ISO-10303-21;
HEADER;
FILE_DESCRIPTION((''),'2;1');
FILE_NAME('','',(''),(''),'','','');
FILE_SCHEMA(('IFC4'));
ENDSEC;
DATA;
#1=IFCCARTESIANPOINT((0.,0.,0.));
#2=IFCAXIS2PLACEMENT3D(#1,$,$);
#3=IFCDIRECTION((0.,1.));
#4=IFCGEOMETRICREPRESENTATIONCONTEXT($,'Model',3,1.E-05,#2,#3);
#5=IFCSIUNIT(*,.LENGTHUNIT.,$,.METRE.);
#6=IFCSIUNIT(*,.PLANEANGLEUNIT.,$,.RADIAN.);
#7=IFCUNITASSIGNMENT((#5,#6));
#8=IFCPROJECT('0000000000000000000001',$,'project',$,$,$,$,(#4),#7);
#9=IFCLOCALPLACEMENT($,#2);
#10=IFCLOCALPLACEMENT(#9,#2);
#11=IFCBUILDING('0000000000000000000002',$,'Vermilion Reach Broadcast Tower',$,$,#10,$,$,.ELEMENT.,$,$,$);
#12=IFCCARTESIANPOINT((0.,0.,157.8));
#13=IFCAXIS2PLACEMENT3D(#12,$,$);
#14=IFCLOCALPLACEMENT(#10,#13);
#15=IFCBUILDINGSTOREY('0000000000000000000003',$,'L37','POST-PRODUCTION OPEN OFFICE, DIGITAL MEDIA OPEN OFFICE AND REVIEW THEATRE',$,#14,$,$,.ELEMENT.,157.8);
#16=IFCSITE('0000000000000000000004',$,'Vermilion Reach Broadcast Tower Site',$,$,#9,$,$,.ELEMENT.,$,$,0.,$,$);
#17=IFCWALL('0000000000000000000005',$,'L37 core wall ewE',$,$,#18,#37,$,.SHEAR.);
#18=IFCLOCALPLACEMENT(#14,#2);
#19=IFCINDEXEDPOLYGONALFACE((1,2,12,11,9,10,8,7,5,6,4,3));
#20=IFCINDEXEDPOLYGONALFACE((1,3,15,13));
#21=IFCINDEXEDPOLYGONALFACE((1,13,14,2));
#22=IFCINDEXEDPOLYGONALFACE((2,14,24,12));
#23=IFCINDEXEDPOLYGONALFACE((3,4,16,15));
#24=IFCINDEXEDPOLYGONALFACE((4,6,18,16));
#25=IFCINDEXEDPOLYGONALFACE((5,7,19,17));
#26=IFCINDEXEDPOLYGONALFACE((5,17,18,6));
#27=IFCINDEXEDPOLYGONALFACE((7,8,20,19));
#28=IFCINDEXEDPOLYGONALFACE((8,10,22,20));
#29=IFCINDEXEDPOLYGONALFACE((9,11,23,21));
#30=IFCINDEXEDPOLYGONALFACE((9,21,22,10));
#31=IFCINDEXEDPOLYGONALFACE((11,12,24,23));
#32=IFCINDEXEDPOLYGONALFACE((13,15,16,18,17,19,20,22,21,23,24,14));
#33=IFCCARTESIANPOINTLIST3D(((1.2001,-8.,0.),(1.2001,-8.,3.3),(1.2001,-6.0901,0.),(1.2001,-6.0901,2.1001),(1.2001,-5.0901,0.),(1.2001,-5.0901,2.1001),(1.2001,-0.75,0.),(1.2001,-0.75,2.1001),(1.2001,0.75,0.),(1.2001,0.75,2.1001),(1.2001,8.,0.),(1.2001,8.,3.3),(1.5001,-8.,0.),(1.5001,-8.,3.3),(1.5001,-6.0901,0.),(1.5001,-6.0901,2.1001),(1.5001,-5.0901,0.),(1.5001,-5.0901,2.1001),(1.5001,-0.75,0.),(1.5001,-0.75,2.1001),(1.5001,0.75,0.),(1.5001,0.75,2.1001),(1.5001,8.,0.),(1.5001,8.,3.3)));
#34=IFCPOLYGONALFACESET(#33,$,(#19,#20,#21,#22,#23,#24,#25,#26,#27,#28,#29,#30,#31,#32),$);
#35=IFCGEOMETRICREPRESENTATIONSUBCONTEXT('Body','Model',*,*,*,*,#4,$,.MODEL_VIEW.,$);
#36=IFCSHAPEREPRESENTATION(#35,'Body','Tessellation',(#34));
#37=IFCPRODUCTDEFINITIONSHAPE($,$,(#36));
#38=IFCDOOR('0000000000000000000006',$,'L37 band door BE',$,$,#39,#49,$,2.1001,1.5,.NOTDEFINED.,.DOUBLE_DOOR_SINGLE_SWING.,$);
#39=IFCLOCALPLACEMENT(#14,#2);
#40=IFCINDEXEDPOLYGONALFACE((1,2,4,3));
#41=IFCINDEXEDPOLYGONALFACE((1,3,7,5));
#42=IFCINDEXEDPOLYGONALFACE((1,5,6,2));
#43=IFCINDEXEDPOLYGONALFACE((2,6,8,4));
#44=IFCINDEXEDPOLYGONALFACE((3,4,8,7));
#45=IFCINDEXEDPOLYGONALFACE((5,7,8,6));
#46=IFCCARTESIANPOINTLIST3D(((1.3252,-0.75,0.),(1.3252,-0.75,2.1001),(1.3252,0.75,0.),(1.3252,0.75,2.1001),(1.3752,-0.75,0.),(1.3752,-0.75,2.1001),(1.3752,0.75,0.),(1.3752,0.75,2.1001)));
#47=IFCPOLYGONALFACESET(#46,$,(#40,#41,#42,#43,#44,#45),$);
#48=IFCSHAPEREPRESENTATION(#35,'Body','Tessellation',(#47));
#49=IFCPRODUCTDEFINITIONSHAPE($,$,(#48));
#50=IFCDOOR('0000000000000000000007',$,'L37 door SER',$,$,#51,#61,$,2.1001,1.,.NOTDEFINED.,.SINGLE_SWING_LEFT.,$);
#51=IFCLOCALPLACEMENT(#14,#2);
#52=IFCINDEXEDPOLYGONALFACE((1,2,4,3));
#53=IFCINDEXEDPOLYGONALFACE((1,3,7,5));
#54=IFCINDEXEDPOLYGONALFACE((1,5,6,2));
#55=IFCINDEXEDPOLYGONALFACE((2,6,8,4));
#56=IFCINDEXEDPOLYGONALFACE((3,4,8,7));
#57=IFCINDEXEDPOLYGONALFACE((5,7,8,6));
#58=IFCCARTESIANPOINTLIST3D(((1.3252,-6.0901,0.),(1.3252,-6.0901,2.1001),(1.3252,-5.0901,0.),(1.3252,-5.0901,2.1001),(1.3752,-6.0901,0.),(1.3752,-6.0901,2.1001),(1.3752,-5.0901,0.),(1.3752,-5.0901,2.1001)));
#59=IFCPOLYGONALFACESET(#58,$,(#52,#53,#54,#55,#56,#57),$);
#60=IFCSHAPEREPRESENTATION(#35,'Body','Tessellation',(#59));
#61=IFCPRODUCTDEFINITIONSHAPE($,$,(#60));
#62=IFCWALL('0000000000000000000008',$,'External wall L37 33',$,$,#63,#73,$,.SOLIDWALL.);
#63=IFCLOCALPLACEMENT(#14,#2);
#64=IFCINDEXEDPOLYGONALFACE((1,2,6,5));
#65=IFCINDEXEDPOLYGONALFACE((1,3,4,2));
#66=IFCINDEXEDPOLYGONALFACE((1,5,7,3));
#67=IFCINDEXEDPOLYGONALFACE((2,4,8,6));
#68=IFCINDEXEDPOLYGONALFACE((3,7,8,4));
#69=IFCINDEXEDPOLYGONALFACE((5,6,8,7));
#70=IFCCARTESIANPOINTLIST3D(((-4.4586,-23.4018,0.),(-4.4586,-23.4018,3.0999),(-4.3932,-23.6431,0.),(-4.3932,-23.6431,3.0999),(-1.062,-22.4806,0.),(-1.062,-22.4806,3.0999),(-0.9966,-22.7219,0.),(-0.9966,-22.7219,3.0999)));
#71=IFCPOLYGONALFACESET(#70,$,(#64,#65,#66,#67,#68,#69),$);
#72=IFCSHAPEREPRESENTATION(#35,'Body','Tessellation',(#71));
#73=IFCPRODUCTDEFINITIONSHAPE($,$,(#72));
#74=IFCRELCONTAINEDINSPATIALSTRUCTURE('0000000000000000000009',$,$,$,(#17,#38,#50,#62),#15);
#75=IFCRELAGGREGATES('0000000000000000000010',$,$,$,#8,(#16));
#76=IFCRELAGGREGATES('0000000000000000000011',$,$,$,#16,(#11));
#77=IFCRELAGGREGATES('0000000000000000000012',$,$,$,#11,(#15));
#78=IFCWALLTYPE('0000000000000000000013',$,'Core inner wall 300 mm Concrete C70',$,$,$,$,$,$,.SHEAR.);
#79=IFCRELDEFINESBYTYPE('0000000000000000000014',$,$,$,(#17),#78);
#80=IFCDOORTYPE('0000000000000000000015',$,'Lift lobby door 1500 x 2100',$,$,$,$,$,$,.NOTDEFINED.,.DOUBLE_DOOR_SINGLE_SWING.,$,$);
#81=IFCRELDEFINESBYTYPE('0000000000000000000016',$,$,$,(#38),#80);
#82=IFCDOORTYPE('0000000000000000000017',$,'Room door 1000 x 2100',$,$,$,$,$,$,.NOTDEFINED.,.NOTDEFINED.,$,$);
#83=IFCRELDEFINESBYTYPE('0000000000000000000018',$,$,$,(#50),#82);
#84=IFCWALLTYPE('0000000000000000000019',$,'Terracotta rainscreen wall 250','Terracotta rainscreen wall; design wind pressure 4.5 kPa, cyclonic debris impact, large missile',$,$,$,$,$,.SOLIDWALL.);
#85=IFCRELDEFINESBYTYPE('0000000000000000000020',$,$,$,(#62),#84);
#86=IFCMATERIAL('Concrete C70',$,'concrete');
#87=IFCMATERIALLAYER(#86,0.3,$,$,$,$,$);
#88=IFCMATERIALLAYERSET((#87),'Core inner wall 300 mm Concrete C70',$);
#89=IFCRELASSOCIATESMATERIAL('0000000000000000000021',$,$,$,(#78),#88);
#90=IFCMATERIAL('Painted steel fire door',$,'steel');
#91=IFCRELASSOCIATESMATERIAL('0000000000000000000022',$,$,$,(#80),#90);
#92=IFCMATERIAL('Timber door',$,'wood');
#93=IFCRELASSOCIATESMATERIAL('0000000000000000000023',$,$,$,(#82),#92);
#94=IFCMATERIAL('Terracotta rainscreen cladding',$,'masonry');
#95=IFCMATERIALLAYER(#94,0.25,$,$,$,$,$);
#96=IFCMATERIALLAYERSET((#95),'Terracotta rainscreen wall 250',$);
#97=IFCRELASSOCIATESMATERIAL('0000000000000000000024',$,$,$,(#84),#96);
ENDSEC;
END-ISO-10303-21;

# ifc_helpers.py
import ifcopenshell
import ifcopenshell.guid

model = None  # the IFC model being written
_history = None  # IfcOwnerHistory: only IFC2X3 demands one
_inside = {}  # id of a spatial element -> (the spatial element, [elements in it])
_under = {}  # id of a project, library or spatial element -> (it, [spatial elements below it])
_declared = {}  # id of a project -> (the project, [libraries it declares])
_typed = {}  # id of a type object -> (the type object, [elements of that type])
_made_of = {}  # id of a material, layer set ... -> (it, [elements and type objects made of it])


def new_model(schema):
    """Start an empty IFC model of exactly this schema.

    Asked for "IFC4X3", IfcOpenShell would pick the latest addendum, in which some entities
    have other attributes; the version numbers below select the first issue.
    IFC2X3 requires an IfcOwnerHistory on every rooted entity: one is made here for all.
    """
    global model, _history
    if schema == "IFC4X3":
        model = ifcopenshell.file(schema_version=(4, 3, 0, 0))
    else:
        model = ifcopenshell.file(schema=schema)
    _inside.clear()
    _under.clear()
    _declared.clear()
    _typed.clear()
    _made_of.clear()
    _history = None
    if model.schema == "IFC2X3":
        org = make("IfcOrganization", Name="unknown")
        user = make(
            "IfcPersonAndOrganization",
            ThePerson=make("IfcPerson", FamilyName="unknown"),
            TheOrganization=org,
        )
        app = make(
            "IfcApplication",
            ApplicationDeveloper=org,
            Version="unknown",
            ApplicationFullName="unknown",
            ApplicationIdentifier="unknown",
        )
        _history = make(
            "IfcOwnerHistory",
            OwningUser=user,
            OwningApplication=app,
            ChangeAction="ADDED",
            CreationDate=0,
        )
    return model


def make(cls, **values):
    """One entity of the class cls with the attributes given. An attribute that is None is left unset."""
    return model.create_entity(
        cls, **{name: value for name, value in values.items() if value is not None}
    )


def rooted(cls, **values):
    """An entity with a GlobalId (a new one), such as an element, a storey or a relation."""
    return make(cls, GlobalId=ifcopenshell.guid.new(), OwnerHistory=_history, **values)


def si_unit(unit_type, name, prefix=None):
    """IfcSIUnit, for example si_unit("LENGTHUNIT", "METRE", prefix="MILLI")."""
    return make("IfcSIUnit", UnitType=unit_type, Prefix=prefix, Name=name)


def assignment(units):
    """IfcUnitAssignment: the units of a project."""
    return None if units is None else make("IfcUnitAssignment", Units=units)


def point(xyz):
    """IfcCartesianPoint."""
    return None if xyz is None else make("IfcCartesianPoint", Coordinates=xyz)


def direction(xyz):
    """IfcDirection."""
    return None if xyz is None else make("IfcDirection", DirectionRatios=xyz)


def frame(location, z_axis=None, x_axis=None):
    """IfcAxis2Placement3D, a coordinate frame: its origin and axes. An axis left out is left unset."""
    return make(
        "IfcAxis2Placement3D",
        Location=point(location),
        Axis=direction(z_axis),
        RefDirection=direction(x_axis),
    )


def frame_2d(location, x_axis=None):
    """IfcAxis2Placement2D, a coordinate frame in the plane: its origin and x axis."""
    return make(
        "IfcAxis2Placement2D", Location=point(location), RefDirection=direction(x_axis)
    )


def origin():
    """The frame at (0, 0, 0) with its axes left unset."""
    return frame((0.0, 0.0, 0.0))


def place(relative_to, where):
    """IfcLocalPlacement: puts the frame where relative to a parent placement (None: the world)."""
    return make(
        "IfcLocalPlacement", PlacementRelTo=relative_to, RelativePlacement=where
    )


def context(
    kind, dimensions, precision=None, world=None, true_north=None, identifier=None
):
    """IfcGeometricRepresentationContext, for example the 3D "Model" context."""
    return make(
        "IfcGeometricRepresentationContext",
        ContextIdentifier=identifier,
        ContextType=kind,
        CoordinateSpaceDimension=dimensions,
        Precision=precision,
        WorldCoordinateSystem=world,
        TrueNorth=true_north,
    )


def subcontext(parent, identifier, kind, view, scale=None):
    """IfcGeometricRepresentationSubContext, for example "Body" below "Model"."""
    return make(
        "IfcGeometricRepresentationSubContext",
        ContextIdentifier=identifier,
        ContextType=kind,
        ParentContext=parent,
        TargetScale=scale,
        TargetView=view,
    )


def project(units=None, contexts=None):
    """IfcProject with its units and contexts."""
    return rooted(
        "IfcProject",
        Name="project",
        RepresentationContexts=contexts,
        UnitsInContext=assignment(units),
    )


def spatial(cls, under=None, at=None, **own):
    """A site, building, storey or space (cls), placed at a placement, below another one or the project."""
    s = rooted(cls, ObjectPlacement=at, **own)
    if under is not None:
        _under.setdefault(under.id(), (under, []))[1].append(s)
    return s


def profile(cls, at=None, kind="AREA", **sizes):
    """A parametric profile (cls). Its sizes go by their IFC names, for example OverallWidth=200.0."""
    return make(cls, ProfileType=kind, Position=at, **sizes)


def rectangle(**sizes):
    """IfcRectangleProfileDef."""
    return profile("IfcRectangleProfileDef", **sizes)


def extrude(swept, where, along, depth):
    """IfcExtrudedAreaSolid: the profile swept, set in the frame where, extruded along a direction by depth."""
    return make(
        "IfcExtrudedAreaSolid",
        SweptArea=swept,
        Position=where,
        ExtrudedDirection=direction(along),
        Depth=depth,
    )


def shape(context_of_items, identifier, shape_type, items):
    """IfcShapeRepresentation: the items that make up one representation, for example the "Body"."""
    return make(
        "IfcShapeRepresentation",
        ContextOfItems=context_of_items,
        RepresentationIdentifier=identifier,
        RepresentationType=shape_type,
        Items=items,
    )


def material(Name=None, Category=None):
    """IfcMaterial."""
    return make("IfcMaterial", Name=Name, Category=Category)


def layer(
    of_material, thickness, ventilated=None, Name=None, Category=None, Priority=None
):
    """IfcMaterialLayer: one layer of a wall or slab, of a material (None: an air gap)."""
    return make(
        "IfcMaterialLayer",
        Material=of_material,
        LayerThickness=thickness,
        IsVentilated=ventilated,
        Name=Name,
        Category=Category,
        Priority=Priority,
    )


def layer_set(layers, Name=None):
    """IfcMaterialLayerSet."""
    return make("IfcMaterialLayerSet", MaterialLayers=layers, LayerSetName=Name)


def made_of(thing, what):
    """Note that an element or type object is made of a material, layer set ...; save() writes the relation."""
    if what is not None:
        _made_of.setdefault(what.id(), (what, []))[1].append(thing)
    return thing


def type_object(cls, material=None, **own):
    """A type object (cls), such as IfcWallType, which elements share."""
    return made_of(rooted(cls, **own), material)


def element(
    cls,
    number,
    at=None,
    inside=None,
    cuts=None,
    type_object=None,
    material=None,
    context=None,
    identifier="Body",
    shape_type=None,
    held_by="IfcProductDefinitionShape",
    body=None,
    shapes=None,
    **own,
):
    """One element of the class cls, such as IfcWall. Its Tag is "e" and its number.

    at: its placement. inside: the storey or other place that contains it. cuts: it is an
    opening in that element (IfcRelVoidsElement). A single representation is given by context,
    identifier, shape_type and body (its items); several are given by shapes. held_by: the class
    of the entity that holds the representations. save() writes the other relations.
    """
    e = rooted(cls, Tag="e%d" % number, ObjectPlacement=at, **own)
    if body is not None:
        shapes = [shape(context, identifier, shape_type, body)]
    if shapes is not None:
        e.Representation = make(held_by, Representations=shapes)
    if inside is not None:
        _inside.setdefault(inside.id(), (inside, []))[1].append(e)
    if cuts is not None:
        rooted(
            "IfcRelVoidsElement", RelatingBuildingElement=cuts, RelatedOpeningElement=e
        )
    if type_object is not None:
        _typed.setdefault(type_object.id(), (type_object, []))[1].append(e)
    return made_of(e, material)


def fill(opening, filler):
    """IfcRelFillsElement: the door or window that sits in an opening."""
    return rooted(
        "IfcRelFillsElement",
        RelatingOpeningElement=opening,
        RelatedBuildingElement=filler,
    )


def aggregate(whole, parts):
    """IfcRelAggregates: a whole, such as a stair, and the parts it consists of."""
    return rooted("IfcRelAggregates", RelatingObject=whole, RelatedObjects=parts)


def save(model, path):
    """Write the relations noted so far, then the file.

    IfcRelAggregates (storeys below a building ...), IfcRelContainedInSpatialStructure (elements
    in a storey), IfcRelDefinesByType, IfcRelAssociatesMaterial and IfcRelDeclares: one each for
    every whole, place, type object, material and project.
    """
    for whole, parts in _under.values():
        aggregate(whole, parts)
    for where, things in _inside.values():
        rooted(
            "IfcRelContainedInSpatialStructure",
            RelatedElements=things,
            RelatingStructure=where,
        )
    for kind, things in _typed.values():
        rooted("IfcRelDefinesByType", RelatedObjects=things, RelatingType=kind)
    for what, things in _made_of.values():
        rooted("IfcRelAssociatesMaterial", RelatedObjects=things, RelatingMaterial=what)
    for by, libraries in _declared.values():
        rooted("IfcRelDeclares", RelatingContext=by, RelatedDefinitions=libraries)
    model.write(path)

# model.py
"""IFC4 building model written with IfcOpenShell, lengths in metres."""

from ifc_helpers import new_model, si_unit, direction, frame, frame_2d, origin, place, context, subcontext, project, spatial, rectangle, extrude, material, layer, layer_set, type_object, element, fill, save


model = new_model("IFC4")

# Units and contexts
model_context = context("Model", 3, precision=1e-05, world=origin(), true_north=direction((0.0, 1.0)))
body_context = subcontext(model_context, "Body", "Model", "MODEL_VIEW")
ifc_project = project(units=[si_unit("LENGTHUNIT", "METRE"), si_unit("PLANEANGLEUNIT", "RADIAN")], contexts=[model_context])

# Site, building, storey
site_placement = place(None, origin())
site = spatial("IfcSite", under=ifc_project, at=site_placement, Name="Vermilion Reach Broadcast Tower Site", CompositionType="ELEMENT", RefElevation=0.0)
building_placement = place(site_placement, origin())
building = spatial("IfcBuilding", under=site, at=building_placement, Name="Vermilion Reach Broadcast Tower", CompositionType="ELEMENT")
storey_placement = place(building_placement, frame((0.0, 0.0, 157.8)))
storey = spatial("IfcBuildingStorey", under=building, at=storey_placement, Name="L37", Description="POST-PRODUCTION OPEN OFFICE, DIGITAL MEDIA OPEN OFFICE AND REVIEW THEATRE", CompositionType="ELEMENT", Elevation=157.8)

# Wall, openings, doors
ifc_material_1 = material(Name="Concrete C70", Category="concrete")
ifc_layer_1 = layer(ifc_material_1, 0.3)
ifc_layer_set_1 = layer_set([ifc_layer_1], Name="Core inner wall 300 mm Concrete C70")
wall_type_1 = type_object("IfcWallType", Name="Core inner wall 300 mm Concrete C70", PredefinedType="SHEAR", material=ifc_layer_set_1)
wall_1_placement = place(storey_placement, frame((1.3501, -8.0, 0.0), z_axis=(0.0, 0.0, 1.0), x_axis=(0.0, 1.0, 0.0)))
wall_1 = element("IfcWall", 1, at=wall_1_placement, inside=storey, type_object=wall_type_1, Name="L37 core wall ewE", PredefinedType="SHEAR", context=body_context, shape_type="SweptSolid", body=[
    extrude(rectangle(XDim=16.0, YDim=0.3, at=frame_2d((8.0, 0.0))), origin(), (0.0, 0.0, 1.0), 3.3),
])
opening_1_placement = place(wall_1_placement, frame((1.9099, 0.0, 0.0)))
opening_1 = element("IfcOpeningElement", 2, at=opening_1_placement, cuts=wall_1, PredefinedType="OPENING", context=body_context, shape_type="SweptSolid", body=[
    extrude(rectangle(XDim=1.0, YDim=2.1001, at=frame_2d((0.5, 1.05))), frame((0.0, 0.1599, 0.0), z_axis=(0.0, -1.0, 0.0), x_axis=(1.0, 0.0, 0.0)), (0.0, 0.0, 1.0), 0.3201),
])
opening_2_placement = place(wall_1_placement, frame((7.25, 0.0, 0.0)))
opening_2 = element("IfcOpeningElement", 3, at=opening_2_placement, cuts=wall_1, PredefinedType="OPENING", context=body_context, shape_type="SweptSolid", body=[
    extrude(rectangle(XDim=1.5, YDim=2.1001, at=frame_2d((0.75, 1.05))), frame((0.0, 0.1599, 0.0), z_axis=(0.0, -1.0, 0.0), x_axis=(1.0, 0.0, 0.0)), (0.0, 0.0, 1.0), 0.3201),
])
ifc_material_2 = material(Name="Painted steel fire door", Category="steel")
door_type_1 = type_object("IfcDoorType", Name="Lift lobby door 1500 x 2100", OperationType="DOUBLE_DOOR_SINGLE_SWING", PredefinedType="NOTDEFINED", material=ifc_material_2)
door_1_placement = place(opening_2_placement, origin())
door_1 = element("IfcDoor", 4, at=door_1_placement, inside=storey, type_object=door_type_1, Name="L37 band door BE", OperationType="DOUBLE_DOOR_SINGLE_SWING", OverallHeight=2.1001, OverallWidth=1.5, PredefinedType="NOTDEFINED", context=body_context, shape_type="SweptSolid", body=[
    extrude(rectangle(XDim=1.5, YDim=2.1001, at=frame_2d((0.75, 1.05))), frame((0.0, 0.0249, 0.0), z_axis=(0.0, -1.0, 0.0), x_axis=(1.0, 0.0, 0.0)), (0.0, 0.0, 1.0), 0.05),
])
fill(opening_2, door_1)
ifc_material_3 = material(Name="Timber door", Category="wood")
door_type_2 = type_object("IfcDoorType", Name="Room door 1000 x 2100", OperationType="NOTDEFINED", PredefinedType="NOTDEFINED", material=ifc_material_3)
door_2_placement = place(opening_1_placement, origin())
door_2 = element("IfcDoor", 5, at=door_2_placement, inside=storey, type_object=door_type_2, Name="L37 door SER", OperationType="SINGLE_SWING_LEFT", OverallHeight=2.1001, OverallWidth=1.0, PredefinedType="NOTDEFINED", context=body_context, shape_type="SweptSolid", body=[
    extrude(rectangle(XDim=1.0, YDim=2.1001, at=frame_2d((0.5, 1.05))), frame((0.0, 0.0249, 0.0), z_axis=(0.0, -1.0, 0.0), x_axis=(1.0, 0.0, 0.0)), (0.0, 0.0, 1.0), 0.05),
])
fill(opening_1, door_2)

# Wall
ifc_material_4 = material(Name="Terracotta rainscreen cladding", Category="masonry")
ifc_layer_2 = layer(ifc_material_4, 0.25)
ifc_layer_set_2 = layer_set([ifc_layer_2], Name="Terracotta rainscreen wall 250")
wall_type_2 = type_object("IfcWallType", Name="Terracotta rainscreen wall 250", Description="Terracotta rainscreen wall; design wind pressure 4.5 kPa, cyclonic debris impact, large missile", PredefinedType="SOLIDWALL", material=ifc_layer_set_2)
wall_2_placement = place(storey_placement, frame((-4.426, -23.5225, 0.0), z_axis=(0.0, 0.0, 1.0), x_axis=(0.965136, 0.261749, 0.0)))
element("IfcWall", 6, at=wall_2_placement, inside=storey, type_object=wall_type_2, Name="External wall L37 33", PredefinedType="SOLIDWALL", context=body_context, shape_type="SweptSolid", body=[
    extrude(rectangle(XDim=3.5193, YDim=0.25, at=frame_2d((1.7598, 0.0))), origin(), (0.0, 0.0, 1.0), 3.0999),
])

save(model, "model.ifc")
